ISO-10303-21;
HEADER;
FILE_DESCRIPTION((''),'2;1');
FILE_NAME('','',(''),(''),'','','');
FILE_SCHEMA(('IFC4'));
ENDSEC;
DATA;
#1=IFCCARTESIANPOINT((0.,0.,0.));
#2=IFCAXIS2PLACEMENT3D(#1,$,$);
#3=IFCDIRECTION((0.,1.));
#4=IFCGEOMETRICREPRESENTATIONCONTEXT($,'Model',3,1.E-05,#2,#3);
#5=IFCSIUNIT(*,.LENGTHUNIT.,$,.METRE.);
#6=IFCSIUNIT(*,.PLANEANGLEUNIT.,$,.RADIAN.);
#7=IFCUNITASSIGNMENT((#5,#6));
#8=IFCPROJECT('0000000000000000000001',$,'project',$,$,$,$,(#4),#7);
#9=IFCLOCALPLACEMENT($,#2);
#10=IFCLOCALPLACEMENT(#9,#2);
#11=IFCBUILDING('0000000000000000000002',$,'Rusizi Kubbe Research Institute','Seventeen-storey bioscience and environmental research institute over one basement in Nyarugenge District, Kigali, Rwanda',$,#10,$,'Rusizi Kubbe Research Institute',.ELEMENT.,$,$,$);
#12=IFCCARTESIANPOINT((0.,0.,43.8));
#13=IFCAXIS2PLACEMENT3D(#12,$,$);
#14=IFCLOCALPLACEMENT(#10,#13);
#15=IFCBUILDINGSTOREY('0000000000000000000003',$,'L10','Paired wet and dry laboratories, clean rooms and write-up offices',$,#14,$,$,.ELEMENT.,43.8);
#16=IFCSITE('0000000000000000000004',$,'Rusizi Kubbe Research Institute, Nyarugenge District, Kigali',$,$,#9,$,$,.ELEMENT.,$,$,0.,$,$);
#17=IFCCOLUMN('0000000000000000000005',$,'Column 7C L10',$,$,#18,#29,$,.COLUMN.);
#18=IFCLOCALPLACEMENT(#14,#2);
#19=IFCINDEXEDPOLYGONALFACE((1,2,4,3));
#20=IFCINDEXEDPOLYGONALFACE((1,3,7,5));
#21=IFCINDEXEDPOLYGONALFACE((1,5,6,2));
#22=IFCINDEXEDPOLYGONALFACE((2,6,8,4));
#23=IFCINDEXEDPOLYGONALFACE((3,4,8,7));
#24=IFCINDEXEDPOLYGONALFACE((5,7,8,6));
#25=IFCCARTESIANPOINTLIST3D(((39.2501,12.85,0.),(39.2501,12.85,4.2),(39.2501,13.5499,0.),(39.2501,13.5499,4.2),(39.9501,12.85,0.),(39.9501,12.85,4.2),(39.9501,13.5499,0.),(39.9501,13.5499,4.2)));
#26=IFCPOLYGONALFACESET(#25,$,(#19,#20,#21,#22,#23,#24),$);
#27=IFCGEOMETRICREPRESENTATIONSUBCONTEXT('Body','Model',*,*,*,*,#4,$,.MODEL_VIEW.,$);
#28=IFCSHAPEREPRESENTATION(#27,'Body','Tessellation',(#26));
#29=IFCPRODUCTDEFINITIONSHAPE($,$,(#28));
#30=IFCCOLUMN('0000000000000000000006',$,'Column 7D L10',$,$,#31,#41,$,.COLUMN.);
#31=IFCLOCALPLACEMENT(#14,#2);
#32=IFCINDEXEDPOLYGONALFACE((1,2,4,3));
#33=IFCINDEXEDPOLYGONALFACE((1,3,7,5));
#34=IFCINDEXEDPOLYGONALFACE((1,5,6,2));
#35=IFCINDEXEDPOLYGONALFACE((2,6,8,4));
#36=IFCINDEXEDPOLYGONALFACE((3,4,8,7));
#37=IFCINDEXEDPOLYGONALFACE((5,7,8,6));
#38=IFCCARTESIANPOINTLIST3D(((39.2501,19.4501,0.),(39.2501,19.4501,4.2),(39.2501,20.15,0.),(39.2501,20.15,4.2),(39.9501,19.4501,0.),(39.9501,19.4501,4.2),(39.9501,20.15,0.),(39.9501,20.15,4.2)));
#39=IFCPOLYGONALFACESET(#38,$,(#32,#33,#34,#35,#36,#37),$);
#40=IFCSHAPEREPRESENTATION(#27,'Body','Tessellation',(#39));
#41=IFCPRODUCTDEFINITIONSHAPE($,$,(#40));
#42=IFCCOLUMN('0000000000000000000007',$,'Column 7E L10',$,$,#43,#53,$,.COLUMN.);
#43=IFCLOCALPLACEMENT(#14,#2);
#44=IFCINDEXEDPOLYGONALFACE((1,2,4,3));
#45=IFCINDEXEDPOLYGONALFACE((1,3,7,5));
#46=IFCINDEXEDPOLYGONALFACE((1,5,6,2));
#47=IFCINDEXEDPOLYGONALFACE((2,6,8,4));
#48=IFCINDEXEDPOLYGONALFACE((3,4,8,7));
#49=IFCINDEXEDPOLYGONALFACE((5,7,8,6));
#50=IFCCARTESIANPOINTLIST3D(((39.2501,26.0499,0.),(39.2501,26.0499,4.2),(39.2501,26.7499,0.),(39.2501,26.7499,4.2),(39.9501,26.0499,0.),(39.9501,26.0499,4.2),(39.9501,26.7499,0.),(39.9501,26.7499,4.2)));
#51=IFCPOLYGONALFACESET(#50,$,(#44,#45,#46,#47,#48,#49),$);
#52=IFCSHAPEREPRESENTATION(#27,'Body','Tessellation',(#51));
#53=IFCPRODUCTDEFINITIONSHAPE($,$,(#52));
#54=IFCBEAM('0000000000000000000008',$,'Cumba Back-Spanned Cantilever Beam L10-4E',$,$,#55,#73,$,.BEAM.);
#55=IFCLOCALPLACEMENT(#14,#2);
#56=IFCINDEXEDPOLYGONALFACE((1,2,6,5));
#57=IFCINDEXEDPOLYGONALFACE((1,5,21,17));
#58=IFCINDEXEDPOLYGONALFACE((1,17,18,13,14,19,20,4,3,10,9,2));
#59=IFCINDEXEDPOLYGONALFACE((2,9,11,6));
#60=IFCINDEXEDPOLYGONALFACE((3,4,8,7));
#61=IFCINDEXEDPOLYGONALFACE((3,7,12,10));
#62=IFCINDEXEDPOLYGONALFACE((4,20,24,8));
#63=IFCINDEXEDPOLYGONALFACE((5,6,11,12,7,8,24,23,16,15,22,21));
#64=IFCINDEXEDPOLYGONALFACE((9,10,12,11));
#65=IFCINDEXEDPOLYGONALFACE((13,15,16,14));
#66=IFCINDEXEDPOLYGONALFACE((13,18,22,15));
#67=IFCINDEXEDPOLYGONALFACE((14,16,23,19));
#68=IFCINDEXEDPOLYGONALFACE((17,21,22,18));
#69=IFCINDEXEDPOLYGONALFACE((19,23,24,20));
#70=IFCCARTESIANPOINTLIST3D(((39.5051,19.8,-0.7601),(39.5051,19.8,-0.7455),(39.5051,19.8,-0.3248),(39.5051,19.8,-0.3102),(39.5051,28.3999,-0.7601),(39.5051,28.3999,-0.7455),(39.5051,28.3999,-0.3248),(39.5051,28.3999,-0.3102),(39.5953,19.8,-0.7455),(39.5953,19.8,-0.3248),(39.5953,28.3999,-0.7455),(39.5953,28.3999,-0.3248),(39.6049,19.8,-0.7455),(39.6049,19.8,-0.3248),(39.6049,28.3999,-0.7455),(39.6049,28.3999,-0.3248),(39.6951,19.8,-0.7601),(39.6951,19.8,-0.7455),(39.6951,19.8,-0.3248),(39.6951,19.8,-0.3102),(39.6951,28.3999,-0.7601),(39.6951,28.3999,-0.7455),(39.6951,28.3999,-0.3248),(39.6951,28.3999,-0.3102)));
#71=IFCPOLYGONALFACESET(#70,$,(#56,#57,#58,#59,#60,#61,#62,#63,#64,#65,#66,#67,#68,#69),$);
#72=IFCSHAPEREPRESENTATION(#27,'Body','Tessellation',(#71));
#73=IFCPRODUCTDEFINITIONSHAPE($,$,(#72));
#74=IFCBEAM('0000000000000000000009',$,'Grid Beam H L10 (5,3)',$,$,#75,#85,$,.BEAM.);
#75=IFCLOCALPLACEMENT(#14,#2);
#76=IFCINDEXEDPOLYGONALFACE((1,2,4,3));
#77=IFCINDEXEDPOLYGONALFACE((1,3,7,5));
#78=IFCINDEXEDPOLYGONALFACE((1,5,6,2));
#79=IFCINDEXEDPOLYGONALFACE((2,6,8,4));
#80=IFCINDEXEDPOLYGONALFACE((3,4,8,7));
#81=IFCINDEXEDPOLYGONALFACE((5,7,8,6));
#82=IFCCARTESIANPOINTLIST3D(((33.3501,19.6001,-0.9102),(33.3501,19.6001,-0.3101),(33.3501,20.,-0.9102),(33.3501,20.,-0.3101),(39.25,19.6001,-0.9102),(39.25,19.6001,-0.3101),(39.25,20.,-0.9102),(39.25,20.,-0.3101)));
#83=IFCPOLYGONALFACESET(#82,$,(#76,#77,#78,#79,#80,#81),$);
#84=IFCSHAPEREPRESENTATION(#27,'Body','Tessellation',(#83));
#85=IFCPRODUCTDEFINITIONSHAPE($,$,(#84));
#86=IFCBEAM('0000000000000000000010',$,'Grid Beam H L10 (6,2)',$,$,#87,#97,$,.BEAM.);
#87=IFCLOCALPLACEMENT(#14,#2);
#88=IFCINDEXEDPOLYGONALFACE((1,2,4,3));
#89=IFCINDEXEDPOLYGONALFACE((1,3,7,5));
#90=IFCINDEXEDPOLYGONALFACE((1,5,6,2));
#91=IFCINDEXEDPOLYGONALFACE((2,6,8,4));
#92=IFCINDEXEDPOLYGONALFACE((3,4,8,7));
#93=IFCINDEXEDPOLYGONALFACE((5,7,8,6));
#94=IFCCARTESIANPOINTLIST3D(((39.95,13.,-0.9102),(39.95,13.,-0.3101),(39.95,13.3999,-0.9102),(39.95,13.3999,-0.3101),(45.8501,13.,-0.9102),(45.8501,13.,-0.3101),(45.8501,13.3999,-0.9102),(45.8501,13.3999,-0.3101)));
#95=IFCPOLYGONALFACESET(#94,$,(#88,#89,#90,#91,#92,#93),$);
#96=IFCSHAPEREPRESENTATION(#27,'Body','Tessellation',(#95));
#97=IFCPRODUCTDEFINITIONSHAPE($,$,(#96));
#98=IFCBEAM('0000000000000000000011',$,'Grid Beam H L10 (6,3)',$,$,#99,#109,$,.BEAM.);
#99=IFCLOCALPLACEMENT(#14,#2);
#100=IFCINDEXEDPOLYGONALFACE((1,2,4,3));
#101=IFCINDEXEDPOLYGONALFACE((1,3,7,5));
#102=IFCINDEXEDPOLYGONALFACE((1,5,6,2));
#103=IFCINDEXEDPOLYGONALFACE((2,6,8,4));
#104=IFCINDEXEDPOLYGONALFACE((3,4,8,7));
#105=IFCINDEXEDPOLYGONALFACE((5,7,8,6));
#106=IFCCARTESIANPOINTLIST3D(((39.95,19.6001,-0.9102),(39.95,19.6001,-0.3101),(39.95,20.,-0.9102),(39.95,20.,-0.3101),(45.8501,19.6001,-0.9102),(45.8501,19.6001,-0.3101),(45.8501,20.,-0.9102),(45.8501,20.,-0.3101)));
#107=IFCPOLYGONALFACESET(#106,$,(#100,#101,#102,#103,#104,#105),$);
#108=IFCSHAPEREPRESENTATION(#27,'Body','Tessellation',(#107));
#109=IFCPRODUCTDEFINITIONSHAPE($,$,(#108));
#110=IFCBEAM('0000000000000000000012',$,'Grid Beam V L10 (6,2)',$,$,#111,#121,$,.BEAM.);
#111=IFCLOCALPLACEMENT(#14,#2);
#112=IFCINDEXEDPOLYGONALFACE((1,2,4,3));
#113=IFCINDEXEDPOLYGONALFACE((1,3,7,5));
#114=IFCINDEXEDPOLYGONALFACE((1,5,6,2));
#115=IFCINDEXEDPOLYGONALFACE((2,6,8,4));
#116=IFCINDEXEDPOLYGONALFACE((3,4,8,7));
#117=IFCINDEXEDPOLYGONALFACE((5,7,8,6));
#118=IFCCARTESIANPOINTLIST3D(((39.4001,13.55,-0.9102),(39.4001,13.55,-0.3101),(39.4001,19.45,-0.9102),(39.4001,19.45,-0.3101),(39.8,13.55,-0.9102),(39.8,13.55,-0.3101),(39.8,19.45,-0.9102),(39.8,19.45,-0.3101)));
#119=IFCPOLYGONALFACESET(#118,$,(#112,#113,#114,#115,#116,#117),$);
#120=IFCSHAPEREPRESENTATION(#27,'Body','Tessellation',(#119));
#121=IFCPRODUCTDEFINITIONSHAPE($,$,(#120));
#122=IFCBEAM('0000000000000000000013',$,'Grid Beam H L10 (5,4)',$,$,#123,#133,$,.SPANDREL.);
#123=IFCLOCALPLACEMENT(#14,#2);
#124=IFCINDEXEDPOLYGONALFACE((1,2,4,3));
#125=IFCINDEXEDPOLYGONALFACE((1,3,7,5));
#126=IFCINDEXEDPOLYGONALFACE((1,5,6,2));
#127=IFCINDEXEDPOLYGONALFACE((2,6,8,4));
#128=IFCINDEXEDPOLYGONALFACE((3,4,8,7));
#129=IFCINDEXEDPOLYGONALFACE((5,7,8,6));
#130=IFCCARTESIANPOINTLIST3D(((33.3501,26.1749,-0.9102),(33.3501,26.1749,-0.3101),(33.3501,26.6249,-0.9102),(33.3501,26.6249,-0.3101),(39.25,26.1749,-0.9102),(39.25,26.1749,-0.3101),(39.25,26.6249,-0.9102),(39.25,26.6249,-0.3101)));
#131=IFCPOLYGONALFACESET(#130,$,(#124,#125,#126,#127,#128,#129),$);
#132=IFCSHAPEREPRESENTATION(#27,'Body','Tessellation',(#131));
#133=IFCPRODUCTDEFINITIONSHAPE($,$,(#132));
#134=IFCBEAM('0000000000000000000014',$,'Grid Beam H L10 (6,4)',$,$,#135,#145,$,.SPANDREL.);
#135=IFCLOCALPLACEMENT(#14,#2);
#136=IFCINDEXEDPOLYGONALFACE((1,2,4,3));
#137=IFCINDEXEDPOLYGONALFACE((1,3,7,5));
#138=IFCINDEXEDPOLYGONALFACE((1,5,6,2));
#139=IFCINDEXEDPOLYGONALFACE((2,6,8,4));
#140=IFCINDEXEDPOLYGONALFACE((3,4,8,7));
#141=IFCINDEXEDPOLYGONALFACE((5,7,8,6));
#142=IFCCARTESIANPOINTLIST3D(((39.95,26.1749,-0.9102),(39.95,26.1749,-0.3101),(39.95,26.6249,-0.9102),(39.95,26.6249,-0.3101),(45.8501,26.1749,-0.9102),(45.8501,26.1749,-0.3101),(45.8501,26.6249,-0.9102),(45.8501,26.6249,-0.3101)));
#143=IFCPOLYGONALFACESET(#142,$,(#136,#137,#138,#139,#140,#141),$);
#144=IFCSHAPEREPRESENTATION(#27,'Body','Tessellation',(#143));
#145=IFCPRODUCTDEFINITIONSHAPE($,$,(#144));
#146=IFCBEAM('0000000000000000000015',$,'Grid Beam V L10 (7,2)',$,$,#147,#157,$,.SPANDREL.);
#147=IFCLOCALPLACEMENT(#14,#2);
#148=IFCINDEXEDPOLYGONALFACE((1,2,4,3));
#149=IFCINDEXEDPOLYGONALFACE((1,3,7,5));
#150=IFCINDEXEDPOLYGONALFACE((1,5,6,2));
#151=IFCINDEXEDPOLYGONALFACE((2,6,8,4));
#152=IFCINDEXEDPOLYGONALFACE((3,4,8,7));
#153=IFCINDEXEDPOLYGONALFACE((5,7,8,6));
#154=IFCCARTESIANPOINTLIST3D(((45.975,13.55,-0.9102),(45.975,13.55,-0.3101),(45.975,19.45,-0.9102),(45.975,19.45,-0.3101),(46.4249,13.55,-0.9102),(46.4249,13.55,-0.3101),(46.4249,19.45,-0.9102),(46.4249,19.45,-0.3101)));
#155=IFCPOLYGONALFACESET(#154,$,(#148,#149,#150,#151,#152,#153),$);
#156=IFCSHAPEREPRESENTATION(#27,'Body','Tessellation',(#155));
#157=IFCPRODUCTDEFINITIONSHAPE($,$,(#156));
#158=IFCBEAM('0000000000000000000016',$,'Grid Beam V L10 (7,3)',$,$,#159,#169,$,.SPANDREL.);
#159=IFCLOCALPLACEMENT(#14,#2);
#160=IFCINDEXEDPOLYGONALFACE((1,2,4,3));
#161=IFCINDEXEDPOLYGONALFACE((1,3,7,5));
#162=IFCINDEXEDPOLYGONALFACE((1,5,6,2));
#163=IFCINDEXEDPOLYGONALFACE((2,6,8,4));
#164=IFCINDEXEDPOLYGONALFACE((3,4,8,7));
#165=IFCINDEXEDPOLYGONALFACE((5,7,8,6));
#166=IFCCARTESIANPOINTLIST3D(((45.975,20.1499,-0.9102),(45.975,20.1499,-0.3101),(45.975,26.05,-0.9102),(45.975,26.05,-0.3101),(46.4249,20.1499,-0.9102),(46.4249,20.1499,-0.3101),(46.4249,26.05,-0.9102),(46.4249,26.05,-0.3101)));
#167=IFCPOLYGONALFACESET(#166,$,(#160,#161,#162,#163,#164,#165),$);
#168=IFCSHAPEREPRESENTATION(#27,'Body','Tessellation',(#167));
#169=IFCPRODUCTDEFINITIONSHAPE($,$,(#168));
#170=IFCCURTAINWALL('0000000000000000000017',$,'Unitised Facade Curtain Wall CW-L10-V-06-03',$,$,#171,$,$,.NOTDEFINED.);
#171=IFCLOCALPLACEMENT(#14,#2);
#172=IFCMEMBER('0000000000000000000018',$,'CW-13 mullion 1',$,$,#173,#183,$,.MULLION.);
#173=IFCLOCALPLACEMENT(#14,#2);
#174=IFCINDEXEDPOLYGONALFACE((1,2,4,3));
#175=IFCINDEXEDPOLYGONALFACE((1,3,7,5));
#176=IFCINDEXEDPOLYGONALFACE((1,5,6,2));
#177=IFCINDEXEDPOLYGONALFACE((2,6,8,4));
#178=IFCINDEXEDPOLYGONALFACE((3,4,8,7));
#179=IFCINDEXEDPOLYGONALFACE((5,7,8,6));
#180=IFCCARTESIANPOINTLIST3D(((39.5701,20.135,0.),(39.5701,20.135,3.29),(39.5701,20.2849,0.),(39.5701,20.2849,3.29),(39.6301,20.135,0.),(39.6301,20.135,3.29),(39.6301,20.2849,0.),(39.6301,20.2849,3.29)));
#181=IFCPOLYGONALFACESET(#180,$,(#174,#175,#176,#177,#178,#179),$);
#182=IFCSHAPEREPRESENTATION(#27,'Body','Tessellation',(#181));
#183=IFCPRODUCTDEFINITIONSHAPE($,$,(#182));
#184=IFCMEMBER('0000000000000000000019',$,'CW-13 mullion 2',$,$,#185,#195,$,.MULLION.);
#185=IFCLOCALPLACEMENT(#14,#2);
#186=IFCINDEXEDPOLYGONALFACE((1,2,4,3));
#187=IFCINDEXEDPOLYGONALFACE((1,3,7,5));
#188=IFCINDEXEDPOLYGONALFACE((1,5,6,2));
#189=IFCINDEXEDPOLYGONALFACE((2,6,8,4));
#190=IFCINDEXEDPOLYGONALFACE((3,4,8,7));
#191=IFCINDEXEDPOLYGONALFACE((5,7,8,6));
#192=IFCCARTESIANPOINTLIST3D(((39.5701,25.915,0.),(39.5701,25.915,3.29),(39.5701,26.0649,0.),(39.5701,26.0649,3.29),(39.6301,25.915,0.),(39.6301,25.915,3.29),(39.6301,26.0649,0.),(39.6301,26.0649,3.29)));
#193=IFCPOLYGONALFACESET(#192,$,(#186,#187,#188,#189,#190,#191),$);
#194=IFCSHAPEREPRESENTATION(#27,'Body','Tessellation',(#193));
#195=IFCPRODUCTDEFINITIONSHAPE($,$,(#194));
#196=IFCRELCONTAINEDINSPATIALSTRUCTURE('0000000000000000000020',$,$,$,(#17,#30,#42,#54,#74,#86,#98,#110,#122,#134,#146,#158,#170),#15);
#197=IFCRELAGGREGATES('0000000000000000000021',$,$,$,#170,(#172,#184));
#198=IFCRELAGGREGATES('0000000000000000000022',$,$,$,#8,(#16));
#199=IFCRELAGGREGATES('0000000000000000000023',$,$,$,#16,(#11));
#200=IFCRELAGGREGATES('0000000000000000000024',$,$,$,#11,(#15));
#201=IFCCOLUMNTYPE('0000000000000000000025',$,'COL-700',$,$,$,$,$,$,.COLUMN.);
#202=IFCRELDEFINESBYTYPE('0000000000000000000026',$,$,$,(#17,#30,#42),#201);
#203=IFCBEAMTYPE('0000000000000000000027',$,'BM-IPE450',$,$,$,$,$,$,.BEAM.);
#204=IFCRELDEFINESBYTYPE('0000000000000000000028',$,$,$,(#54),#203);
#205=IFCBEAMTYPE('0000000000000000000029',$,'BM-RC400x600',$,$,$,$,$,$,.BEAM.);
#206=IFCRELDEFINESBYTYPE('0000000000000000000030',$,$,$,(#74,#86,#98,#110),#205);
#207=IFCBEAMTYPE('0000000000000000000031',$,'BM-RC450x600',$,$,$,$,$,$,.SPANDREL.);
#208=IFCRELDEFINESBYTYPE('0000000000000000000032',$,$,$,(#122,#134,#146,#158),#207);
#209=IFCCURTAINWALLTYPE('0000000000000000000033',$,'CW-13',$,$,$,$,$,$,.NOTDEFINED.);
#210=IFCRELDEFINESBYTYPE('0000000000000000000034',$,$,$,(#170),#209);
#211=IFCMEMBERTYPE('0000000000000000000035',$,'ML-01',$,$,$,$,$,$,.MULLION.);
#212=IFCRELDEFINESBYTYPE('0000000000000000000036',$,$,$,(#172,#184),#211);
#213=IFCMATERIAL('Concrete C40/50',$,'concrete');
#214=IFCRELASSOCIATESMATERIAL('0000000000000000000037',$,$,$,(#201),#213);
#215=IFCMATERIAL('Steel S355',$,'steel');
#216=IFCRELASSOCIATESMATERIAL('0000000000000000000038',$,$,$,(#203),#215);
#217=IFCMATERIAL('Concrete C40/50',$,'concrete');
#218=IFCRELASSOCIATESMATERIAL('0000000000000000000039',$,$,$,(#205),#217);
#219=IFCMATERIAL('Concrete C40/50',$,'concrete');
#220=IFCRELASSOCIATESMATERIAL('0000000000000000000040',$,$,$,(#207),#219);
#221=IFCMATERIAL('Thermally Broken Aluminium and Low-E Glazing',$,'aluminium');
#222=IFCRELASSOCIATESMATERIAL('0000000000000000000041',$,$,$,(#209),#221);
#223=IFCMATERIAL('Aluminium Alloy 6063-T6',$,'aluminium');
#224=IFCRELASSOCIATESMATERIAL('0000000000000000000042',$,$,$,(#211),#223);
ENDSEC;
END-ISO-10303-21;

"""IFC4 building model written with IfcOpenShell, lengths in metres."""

from ifc_helpers import new_model, si_unit, direction, frame, origin, origin_2d, place, context, subcontext, project, spatial, rectangle, i_section, extrude, material, material_profile, profile_set, type_object, element, aggregate, save


model = new_model("IFC4")

# Units and contexts
model_context = context("Model", 3, precision=1e-05, world=origin(), true_north=direction((0.0, 1.0)))
body_context = subcontext(model_context, "Body", "Model", "MODEL_VIEW")
ifc_project = project(units=[si_unit("LENGTHUNIT", "METRE"), si_unit("PLANEANGLEUNIT", "RADIAN")], contexts=[model_context])

# Site, building, storey
site_placement = place(None, origin())
site = spatial("IfcSite", under=ifc_project, at=site_placement, Name="Rusizi Kubbe Research Institute, Nyarugenge District, Kigali", CompositionType="ELEMENT", RefElevation=0.0)
building_placement = place(site_placement, origin())
building = spatial("IfcBuilding", under=site, at=building_placement, Name="Rusizi Kubbe Research Institute", Description="Seventeen-storey bioscience and environmental research institute over one basement in Nyarugenge District, Kigali, Rwanda", LongName="Rusizi Kubbe Research Institute", CompositionType="ELEMENT")
storey_placement = place(building_placement, frame((0.0, 0.0, 43.8)))
storey = spatial("IfcBuildingStorey", under=building, at=storey_placement, Name="L10", Description="Paired wet and dry laboratories, clean rooms and write-up offices", CompositionType="ELEMENT", Elevation=43.8)

# Columns
ifc_material_1 = material(Name="Concrete C40/50", Category="concrete")
ifc_material_profile_1 = material_profile(ifc_material_1, rectangle(XDim=0.7, YDim=0.7, at=origin_2d()), Name="RC700x700")
ifc_profile_set_1 = profile_set([ifc_material_profile_1], Name="Concrete C40/50")
column_type = type_object("IfcColumnType", Name="COL-700", PredefinedType="COLUMN", material=ifc_profile_set_1)
for number, where, z_axis, x_axis, name in (
    (1, (39.6001, 13.2, 0.0), (0.0, 0.0, 1.0), (1.0, 0.0, 0.0), "Column 7C L10"),
    (2, (39.6001, 19.8, 0.0), (0.0, 0.0, 1.0), (1.0, 0.0, 0.0), "Column 7D L10"),
    (3, (39.6001, 26.3999, 0.0), (0.0, 0.0, 1.0), (1.0, 0.0, 0.0), "Column 7E L10"),
):
    element("IfcColumn", number, at=place(storey_placement, frame(where, z_axis=z_axis, x_axis=x_axis)), inside=storey, type_object=column_type, Name=name, PredefinedType="COLUMN", context=body_context, shape_type="SweptSolid", body=[
        extrude(rectangle(XDim=0.7, YDim=0.7, at=origin_2d()), origin(), (0.0, 0.0, 1.0), 4.2),
    ])

# Beams
ifc_material_2 = material(Name="Steel S355", Category="steel")
ifc_material_profile_2 = material_profile(ifc_material_2, i_section(OverallWidth=0.1899, OverallDepth=0.45, WebThickness=0.0095, FlangeThickness=0.0146, at=origin_2d()), Name="IPE 450")
ifc_profile_set_2 = profile_set([ifc_material_profile_2], Name="Steel S355")
beam_type_1 = type_object("IfcBeamType", Name="BM-IPE450", PredefinedType="BEAM", material=ifc_profile_set_2)
beam_1_placement = place(storey_placement, frame((39.6001, 19.8, -0.5352), z_axis=(0.0, 1.0, 0.0), x_axis=(-1.0, 0.0, 0.0)))
element("IfcBeam", 4, at=beam_1_placement, inside=storey, type_object=beam_type_1, Name="Cumba Back-Spanned Cantilever Beam L10-4E", PredefinedType="BEAM", context=body_context, shape_type="SweptSolid", body=[
    extrude(i_section(OverallWidth=0.1899, OverallDepth=0.45, WebThickness=0.0095, FlangeThickness=0.0146, at=origin_2d()), origin(), (0.0, 0.0, 1.0), 8.5999),
])
ifc_material_3 = material(Name="Concrete C40/50", Category="concrete")
ifc_material_profile_3 = material_profile(ifc_material_3, rectangle(XDim=0.3999, YDim=0.6001, at=origin_2d()), Name="RC400x600")
ifc_profile_set_3 = profile_set([ifc_material_profile_3], Name="Concrete C40/50")
beam_type_2 = type_object("IfcBeamType", Name="BM-RC400x600", PredefinedType="BEAM", material=ifc_profile_set_3)
beam_2_placement = place(storey_placement, frame((33.3501, 19.8, -0.6101), z_axis=(1.0, 0.0, 0.0), x_axis=(0.0, 1.0, 0.0)))
element("IfcBeam", 5, at=beam_2_placement, inside=storey, type_object=beam_type_2, Name="Grid Beam H L10 (5,3)", PredefinedType="BEAM", context=body_context, shape_type="SweptSolid", body=[
    extrude(rectangle(XDim=0.3999, YDim=0.6001, at=origin_2d()), origin(), (0.0, 0.0, 1.0), 5.8999),
])
for number, where, z_axis, x_axis, name in (
    (6, (39.95, 13.2, -0.6101), (1.0, 0.0, 0.0), (0.0, 1.0, 0.0), "Grid Beam H L10 (6,2)"),
    (7, (39.95, 19.8, -0.6101), (1.0, 0.0, 0.0), (0.0, 1.0, 0.0), "Grid Beam H L10 (6,3)"),
):
    element("IfcBeam", number, at=place(storey_placement, frame(where, z_axis=z_axis, x_axis=x_axis)), inside=storey, type_object=beam_type_2, Name=name, PredefinedType="BEAM", context=body_context, shape_type="SweptSolid", body=[
        extrude(rectangle(XDim=0.3999, YDim=0.6001, at=origin_2d()), origin(), (0.0, 0.0, 1.0), 5.9001),
    ])
beam_3_placement = place(storey_placement, frame((39.6001, 13.55, -0.6101), z_axis=(0.0, 1.0, 0.0), x_axis=(-1.0, 0.0, 0.0)))
element("IfcBeam", 8, at=beam_3_placement, inside=storey, type_object=beam_type_2, Name="Grid Beam V L10 (6,2)", PredefinedType="BEAM", context=body_context, shape_type="SweptSolid", body=[
    extrude(rectangle(XDim=0.3999, YDim=0.6001, at=origin_2d()), origin(), (0.0, 0.0, 1.0), 5.8999),
])
ifc_material_4 = material(Name="Concrete C40/50", Category="concrete")
ifc_material_profile_4 = material_profile(ifc_material_4, rectangle(XDim=0.45, YDim=0.6001, at=origin_2d()), Name="RC450x600")
ifc_profile_set_4 = profile_set([ifc_material_profile_4], Name="Concrete C40/50")
beam_type_3 = type_object("IfcBeamType", Name="BM-RC450x600", PredefinedType="SPANDREL", material=ifc_profile_set_4)
beam_4_placement = place(storey_placement, frame((33.3501, 26.3999, -0.6101), z_axis=(1.0, 0.0, 0.0), x_axis=(0.0, 1.0, 0.0)))
element("IfcBeam", 9, at=beam_4_placement, inside=storey, type_object=beam_type_3, Name="Grid Beam H L10 (5,4)", PredefinedType="SPANDREL", context=body_context, shape_type="SweptSolid", body=[
    extrude(rectangle(XDim=0.45, YDim=0.6001, at=origin_2d()), origin(), (0.0, 0.0, 1.0), 5.8999),
])
beam_5_placement = place(storey_placement, frame((39.95, 26.3999, -0.6101), z_axis=(1.0, 0.0, 0.0), x_axis=(0.0, 1.0, 0.0)))
element("IfcBeam", 10, at=beam_5_placement, inside=storey, type_object=beam_type_3, Name="Grid Beam H L10 (6,4)", PredefinedType="SPANDREL", context=body_context, shape_type="SweptSolid", body=[
    extrude(rectangle(XDim=0.45, YDim=0.6001, at=origin_2d()), origin(), (0.0, 0.0, 1.0), 5.9001),
])
beam_6_placement = place(storey_placement, frame((46.2, 13.55, -0.6101), z_axis=(0.0, 1.0, 0.0), x_axis=(-1.0, 0.0, 0.0)))
element("IfcBeam", 11, at=beam_6_placement, inside=storey, type_object=beam_type_3, Name="Grid Beam V L10 (7,2)", PredefinedType="SPANDREL", context=body_context, shape_type="SweptSolid", body=[
    extrude(rectangle(XDim=0.45, YDim=0.6001, at=origin_2d()), origin(), (0.0, 0.0, 1.0), 5.8999),
])
beam_7_placement = place(storey_placement, frame((46.2, 20.1499, -0.6101), z_axis=(0.0, 1.0, 0.0), x_axis=(-1.0, 0.0, 0.0)))
element("IfcBeam", 12, at=beam_7_placement, inside=storey, type_object=beam_type_3, Name="Grid Beam V L10 (7,3)", PredefinedType="SPANDREL", context=body_context, shape_type="SweptSolid", body=[
    extrude(rectangle(XDim=0.45, YDim=0.6001, at=origin_2d()), origin(), (0.0, 0.0, 1.0), 5.9001),
])

# Curtain wall, members
ifc_material_5 = material(Name="Thermally Broken Aluminium and Low-E Glazing", Category="aluminium")
curtain_wall_type = type_object("IfcCurtainWallType", Name="CW-13", PredefinedType="NOTDEFINED", material=ifc_material_5)
curtain_wall_placement = place(storey_placement, origin())
curtain_wall = element("IfcCurtainWall", 13, at=curtain_wall_placement, inside=storey, type_object=curtain_wall_type, Name="Unitised Facade Curtain Wall CW-L10-V-06-03", PredefinedType="NOTDEFINED")
ifc_material_6 = material(Name="Aluminium Alloy 6063-T6", Category="aluminium")
ifc_material_profile_5 = material_profile(ifc_material_6, rectangle(XDim=0.0601, YDim=0.1499, at=origin_2d()), Name="ALU-M 60x150")
ifc_profile_set_5 = profile_set([ifc_material_profile_5], Name="Aluminium Alloy 6063-T6")
member_type_1 = type_object("IfcMemberType", Name="ML-01", PredefinedType="MULLION", material=ifc_profile_set_5)
member_1_placement = place(storey_placement, frame((39.6001, 20.21, 0.0), z_axis=(0.0, 0.0, 1.0), x_axis=(-1.0, 0.0, 0.0)))
member_1 = element("IfcMember", 14, at=member_1_placement, type_object=member_type_1, Name="CW-13 mullion 1", PredefinedType="MULLION", context=body_context, shape_type="SweptSolid", body=[
    extrude(rectangle(XDim=0.0601, YDim=0.1499, at=origin_2d()), origin(), (0.0, 0.0, 1.0), 3.29),
])
member_2_placement = place(storey_placement, frame((39.6001, 25.99, 0.0), z_axis=(0.0, 0.0, 1.0), x_axis=(-1.0, 0.0, 0.0)))
member_2 = element("IfcMember", 15, at=member_2_placement, type_object=member_type_1, Name="CW-13 mullion 2", PredefinedType="MULLION", context=body_context, shape_type="SweptSolid", body=[
    extrude(rectangle(XDim=0.0601, YDim=0.1499, at=origin_2d()), origin(), (0.0, 0.0, 1.0), 3.29),
])
aggregate(curtain_wall, [member_1, member_2])

save(model, "model.ifc")
